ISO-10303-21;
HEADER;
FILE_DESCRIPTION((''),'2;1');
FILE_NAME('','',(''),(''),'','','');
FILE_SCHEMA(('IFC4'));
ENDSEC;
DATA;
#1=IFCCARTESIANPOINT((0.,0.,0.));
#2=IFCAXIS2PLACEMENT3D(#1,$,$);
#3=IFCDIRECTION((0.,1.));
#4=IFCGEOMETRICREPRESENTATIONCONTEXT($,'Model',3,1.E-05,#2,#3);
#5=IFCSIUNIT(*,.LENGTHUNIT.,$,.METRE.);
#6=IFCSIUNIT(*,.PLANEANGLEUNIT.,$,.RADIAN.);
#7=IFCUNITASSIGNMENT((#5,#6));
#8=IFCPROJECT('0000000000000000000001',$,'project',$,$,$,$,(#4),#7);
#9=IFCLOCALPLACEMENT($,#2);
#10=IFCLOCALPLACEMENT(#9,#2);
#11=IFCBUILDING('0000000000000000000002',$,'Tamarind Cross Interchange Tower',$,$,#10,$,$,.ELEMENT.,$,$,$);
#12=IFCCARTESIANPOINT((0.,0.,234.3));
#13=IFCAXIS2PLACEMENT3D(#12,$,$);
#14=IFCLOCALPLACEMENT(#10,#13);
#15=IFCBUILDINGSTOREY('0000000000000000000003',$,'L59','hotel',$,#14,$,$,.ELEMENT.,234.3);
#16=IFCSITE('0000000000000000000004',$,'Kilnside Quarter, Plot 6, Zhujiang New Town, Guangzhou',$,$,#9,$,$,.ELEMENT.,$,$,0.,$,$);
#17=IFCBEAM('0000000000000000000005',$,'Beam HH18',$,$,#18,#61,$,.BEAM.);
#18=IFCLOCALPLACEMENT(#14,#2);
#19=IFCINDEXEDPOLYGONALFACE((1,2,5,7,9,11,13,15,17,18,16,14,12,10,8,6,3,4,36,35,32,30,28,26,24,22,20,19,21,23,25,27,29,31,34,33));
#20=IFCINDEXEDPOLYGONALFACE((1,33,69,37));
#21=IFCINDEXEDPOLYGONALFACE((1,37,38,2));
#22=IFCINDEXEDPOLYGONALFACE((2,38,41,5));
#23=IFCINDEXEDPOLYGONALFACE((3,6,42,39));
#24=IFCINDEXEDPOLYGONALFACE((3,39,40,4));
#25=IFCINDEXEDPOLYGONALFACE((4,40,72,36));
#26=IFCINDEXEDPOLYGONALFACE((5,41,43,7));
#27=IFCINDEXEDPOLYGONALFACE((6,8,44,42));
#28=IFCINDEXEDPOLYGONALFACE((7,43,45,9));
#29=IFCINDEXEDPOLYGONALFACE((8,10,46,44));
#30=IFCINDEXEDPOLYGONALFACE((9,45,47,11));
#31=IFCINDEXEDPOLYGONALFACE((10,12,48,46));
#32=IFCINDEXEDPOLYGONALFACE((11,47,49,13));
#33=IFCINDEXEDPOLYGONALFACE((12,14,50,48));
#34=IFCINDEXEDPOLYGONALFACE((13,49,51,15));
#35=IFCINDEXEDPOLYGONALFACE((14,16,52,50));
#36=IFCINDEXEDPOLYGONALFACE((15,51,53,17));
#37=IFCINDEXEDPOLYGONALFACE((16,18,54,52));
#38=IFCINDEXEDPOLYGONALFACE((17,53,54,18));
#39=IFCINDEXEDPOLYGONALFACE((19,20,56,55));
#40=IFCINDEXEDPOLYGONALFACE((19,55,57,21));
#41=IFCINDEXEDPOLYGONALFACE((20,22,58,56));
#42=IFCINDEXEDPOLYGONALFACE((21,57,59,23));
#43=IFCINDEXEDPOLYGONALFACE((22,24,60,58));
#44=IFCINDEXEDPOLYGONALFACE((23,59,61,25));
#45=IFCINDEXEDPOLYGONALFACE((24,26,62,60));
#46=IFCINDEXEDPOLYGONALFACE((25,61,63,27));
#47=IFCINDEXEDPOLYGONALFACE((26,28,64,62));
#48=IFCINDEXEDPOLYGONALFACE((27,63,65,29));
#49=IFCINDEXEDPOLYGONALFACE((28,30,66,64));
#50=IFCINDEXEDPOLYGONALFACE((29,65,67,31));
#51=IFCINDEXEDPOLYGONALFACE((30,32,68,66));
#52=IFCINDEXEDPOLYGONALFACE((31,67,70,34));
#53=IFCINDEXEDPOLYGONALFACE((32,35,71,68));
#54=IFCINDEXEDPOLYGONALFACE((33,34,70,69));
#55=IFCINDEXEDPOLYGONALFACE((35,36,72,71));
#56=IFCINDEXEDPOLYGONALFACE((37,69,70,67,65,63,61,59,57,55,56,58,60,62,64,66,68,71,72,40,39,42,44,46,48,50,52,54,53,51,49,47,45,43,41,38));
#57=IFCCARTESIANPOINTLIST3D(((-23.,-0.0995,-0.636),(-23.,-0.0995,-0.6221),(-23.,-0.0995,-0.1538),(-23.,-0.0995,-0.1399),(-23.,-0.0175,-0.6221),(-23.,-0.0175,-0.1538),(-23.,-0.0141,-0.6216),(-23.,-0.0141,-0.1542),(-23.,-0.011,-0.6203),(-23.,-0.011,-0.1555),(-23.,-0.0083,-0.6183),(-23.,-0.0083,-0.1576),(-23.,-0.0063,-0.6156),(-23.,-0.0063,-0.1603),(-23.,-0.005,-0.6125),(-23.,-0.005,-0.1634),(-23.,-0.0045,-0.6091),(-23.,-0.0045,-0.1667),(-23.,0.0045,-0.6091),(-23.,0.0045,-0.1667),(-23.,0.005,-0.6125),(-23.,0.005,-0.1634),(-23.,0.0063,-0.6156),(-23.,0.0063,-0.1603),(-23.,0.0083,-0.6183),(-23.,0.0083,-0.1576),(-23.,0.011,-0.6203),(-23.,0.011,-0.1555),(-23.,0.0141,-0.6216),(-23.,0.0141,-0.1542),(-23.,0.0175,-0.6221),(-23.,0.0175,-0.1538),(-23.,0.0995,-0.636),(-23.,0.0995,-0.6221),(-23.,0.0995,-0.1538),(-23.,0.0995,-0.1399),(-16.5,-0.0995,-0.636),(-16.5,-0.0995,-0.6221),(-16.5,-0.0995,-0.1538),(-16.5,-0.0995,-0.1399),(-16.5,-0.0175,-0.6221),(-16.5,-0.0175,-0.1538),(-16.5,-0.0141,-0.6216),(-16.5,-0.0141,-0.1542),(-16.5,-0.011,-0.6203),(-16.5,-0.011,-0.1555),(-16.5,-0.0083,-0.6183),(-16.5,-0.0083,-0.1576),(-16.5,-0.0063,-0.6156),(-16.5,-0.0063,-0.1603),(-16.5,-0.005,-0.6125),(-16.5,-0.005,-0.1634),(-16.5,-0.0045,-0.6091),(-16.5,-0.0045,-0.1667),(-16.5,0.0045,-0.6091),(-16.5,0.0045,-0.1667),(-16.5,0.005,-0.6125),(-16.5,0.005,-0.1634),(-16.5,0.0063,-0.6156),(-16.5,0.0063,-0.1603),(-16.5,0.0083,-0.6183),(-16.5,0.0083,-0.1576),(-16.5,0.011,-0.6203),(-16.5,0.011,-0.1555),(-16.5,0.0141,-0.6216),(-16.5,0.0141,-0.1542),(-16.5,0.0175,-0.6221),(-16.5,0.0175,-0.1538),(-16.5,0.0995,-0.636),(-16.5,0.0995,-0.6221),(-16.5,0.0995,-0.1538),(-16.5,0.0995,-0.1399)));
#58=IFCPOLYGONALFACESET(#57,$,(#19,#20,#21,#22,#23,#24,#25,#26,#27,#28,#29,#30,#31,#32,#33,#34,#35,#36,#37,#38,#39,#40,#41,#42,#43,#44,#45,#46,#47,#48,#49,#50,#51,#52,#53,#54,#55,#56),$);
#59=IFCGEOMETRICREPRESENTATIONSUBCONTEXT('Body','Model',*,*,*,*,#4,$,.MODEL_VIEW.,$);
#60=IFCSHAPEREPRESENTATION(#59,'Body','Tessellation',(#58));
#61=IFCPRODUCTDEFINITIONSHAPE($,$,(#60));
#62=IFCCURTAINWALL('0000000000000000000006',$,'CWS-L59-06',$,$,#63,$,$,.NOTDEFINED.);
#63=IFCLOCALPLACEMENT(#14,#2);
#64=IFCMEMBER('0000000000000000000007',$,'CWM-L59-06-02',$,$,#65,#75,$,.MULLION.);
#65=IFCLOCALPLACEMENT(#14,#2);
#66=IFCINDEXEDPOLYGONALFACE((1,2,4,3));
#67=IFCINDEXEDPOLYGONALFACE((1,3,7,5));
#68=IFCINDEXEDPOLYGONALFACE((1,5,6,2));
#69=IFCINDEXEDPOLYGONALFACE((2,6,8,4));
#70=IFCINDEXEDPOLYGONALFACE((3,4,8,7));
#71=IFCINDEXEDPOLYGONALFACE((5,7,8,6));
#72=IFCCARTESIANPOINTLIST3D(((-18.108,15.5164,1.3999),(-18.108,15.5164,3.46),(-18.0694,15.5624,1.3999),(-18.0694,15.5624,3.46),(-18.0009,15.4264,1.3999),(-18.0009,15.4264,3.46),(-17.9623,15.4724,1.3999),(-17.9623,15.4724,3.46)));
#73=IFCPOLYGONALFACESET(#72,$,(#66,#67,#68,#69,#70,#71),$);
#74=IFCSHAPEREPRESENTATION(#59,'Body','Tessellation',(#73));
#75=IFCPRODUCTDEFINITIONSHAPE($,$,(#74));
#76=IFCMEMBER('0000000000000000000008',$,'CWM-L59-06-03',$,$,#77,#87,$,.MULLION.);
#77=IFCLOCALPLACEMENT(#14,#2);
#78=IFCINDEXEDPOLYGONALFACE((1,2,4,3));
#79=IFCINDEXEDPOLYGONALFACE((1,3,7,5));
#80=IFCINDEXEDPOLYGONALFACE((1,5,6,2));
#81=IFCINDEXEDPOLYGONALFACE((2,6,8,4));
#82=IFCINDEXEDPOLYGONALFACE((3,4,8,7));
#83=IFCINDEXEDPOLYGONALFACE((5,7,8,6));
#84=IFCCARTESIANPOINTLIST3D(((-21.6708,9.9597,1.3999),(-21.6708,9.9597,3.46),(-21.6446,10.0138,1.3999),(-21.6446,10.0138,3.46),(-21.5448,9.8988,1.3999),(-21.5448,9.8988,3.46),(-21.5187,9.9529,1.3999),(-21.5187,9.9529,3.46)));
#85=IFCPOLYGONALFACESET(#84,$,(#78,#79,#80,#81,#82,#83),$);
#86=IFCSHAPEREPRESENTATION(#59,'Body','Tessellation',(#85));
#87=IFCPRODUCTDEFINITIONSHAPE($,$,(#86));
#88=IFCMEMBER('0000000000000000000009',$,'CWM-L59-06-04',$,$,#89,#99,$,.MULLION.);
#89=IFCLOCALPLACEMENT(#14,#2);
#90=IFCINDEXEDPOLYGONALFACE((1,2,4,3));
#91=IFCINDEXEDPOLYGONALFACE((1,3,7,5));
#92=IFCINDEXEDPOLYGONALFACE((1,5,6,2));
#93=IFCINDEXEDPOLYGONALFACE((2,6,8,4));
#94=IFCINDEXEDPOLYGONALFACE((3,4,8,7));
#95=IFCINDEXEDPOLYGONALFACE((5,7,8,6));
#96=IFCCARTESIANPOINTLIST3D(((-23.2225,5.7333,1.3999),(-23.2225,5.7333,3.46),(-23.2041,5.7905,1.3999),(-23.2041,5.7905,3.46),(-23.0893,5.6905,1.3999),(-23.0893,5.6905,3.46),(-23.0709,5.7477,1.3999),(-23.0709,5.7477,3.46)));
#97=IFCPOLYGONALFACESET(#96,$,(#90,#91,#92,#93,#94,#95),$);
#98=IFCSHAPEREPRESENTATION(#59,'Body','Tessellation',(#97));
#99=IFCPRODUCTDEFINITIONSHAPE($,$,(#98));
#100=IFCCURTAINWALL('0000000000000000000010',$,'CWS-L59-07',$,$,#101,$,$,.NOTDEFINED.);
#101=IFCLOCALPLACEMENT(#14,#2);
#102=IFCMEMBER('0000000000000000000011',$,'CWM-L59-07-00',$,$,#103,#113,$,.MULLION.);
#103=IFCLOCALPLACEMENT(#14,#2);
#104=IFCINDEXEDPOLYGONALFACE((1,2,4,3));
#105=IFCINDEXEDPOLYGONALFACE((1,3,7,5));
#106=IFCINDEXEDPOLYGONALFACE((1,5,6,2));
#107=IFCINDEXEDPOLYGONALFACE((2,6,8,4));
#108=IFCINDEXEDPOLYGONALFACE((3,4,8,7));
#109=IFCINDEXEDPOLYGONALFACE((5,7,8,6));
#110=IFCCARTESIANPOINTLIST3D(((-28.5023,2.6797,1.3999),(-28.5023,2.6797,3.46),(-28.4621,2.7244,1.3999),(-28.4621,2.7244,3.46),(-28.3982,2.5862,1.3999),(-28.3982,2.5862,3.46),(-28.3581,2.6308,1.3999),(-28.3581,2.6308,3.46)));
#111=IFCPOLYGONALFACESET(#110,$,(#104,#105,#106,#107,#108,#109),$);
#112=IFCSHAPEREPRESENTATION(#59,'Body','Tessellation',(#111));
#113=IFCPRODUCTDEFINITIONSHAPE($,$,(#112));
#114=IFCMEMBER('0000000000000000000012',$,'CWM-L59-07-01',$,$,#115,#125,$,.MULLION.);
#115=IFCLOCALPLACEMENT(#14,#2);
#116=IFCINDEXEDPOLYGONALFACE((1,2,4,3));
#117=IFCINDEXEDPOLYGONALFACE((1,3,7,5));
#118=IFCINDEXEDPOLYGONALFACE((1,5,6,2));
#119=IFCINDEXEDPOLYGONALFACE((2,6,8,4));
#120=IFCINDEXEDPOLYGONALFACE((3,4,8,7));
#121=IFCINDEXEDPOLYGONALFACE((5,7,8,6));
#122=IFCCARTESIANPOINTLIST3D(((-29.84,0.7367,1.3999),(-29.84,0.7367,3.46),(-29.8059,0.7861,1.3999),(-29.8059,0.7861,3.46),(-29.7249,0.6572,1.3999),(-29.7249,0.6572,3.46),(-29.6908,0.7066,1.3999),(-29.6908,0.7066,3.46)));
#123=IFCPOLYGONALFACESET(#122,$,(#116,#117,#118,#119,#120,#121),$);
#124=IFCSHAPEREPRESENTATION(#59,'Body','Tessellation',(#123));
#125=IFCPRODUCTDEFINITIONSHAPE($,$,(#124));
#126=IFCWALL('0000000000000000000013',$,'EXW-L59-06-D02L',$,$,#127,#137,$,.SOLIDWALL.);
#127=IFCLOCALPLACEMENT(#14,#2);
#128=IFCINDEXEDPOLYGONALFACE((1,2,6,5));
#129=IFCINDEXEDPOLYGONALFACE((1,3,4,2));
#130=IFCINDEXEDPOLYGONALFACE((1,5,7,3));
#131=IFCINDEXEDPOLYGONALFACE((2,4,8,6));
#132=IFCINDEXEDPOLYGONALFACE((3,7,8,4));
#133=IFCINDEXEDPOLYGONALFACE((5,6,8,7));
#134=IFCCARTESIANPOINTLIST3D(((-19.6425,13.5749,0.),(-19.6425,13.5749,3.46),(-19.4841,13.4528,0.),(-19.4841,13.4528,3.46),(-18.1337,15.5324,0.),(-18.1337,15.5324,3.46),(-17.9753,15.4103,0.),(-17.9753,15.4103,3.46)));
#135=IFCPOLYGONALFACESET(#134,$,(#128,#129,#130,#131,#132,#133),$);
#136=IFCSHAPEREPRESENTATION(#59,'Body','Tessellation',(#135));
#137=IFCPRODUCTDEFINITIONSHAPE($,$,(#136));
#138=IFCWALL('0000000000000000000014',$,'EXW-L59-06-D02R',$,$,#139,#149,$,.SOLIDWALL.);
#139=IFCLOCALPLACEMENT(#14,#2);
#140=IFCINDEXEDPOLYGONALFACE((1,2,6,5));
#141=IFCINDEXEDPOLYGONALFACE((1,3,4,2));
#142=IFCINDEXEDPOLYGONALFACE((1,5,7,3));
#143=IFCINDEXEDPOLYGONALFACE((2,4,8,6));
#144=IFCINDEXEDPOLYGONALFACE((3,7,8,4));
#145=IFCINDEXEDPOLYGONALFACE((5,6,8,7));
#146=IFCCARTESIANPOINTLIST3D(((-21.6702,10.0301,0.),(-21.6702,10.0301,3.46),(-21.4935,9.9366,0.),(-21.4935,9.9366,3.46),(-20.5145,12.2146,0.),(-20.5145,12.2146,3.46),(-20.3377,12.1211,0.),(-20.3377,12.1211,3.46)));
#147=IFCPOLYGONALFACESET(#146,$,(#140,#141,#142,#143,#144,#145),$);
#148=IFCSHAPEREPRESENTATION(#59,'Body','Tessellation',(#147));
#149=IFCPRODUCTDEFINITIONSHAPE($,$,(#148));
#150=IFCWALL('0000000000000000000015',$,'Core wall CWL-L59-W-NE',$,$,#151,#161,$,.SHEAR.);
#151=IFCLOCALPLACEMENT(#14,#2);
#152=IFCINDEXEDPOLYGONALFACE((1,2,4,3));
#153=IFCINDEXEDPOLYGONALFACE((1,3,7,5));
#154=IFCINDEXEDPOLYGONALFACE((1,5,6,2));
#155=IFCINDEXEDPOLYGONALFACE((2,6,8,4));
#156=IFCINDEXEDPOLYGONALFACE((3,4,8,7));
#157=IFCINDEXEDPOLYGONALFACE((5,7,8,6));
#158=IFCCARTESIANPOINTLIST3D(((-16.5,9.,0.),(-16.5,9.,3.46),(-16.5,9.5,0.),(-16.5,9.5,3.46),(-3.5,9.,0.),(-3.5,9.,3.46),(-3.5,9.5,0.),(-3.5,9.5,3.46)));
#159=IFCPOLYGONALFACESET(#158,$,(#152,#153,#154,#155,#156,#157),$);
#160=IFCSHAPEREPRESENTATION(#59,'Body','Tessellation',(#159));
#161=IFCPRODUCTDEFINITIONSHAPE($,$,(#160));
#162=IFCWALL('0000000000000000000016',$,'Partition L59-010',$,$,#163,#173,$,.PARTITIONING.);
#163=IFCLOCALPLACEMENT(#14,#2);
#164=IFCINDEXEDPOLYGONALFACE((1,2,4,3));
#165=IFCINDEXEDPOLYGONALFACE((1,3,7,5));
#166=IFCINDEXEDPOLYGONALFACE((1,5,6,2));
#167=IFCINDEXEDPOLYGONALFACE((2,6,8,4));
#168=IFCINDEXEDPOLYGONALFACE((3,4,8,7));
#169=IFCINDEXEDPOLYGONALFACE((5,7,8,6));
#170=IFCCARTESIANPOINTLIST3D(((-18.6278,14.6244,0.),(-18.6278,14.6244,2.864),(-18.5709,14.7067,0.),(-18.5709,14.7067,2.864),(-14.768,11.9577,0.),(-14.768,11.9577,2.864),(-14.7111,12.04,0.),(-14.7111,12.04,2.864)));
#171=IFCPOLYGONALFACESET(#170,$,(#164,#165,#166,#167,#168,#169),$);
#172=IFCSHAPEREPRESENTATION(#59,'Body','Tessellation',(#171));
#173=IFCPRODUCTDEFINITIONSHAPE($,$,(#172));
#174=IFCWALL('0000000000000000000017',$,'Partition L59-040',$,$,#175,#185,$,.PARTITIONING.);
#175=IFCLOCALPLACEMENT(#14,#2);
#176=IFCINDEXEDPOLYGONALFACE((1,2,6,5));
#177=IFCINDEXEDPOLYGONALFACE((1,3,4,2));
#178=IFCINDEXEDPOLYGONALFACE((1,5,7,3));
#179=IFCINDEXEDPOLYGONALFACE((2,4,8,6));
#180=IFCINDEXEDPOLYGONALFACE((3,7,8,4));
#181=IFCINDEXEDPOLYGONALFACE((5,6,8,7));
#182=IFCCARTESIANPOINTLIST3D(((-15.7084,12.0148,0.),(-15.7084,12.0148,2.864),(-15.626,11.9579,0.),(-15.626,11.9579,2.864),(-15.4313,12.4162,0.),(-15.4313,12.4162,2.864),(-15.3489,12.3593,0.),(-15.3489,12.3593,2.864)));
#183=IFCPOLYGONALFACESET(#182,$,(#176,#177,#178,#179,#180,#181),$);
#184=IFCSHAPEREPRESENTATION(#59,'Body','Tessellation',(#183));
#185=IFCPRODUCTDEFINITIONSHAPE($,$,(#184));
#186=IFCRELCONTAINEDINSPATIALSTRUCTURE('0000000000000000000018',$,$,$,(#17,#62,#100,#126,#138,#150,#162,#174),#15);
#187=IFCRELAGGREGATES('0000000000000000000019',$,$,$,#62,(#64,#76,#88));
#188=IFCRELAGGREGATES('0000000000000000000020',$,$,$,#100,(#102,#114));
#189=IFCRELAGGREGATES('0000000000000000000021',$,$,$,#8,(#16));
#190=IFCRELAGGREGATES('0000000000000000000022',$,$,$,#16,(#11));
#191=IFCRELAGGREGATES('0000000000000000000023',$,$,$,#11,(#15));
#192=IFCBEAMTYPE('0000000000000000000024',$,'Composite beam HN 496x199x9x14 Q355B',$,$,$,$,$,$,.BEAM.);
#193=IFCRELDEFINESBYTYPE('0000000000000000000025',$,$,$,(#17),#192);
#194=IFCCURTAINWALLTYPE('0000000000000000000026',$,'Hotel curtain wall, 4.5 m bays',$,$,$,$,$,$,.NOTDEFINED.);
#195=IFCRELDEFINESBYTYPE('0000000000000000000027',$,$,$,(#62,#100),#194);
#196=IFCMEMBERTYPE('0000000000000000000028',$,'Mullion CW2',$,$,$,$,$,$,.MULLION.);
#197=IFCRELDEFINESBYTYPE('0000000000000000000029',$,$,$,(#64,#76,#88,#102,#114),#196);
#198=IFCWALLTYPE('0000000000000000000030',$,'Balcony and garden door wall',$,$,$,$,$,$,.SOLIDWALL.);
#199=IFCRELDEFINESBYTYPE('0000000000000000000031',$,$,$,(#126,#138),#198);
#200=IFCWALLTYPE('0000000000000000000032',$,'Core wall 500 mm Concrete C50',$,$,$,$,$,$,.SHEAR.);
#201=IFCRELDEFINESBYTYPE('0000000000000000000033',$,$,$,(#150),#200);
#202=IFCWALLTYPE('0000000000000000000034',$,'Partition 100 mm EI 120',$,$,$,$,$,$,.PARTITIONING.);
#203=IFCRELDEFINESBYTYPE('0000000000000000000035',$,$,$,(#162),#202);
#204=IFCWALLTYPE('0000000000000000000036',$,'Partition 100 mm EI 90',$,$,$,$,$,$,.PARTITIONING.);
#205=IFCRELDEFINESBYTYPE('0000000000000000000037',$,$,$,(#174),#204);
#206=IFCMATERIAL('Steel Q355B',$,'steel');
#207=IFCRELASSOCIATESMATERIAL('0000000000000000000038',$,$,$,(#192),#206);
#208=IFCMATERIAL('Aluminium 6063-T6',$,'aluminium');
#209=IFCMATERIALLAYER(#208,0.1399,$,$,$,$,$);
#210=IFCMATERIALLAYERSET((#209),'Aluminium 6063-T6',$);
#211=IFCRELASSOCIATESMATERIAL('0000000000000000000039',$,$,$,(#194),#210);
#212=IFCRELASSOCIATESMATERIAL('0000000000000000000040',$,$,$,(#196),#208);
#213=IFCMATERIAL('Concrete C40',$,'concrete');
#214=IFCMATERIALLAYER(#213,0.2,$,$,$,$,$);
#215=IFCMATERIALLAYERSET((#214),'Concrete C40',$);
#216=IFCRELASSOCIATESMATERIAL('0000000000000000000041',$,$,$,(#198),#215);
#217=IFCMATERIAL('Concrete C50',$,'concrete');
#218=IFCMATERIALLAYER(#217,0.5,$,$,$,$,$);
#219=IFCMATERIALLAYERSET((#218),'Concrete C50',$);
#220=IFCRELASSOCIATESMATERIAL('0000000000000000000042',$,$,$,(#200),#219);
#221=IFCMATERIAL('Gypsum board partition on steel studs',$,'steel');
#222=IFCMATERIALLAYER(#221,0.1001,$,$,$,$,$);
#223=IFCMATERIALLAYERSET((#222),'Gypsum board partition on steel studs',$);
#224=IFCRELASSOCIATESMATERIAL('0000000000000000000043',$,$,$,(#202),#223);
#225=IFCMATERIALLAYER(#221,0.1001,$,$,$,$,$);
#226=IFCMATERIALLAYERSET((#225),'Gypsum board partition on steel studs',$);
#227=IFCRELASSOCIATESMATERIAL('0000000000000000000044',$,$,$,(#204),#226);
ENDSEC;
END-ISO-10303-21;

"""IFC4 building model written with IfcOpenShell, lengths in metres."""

from ifc_helpers import new_model, si_unit, direction, frame, frame_2d, origin, origin_2d, place, context, subcontext, project, spatial, rectangle, i_section, extrude, material, layer, layer_set, material_profile, profile_set, type_object, element, aggregate, save


model = new_model("IFC4")

# Units and contexts
model_context = context("Model", 3, precision=1e-05, world=origin(), true_north=direction((0.0, 1.0)))
body_context = subcontext(model_context, "Body", "Model", "MODEL_VIEW")
ifc_project = project(units=[si_unit("LENGTHUNIT", "METRE"), si_unit("PLANEANGLEUNIT", "RADIAN")], contexts=[model_context])

# Site, building, storey
site_placement = place(None, origin())
site = spatial("IfcSite", under=ifc_project, at=site_placement, Name="Kilnside Quarter, Plot 6, Zhujiang New Town, Guangzhou", CompositionType="ELEMENT", RefElevation=0.0)
building_placement = place(site_placement, origin())
building = spatial("IfcBuilding", under=site, at=building_placement, Name="Tamarind Cross Interchange Tower", CompositionType="ELEMENT")
storey_placement = place(building_placement, frame((0.0, 0.0, 234.3)))
storey = spatial("IfcBuildingStorey", under=building, at=storey_placement, Name="L59", Description="hotel", CompositionType="ELEMENT", Elevation=234.3)

# Shared definitions
ifc_material_1 = material(Name="Concrete C50", Category="concrete")

# Beam
ifc_material_2 = material(Name="Steel Q355B", Category="steel")
ifc_material_profile_1 = material_profile(ifc_material_2, i_section(OverallWidth=0.199, OverallDepth=0.4961, WebThickness=0.009, FlangeThickness=0.0139, FilletRadius=0.0129, at=origin_2d()), Name="HN 496x199x9x14")
ifc_profile_set_1 = profile_set([ifc_material_profile_1], Name="Steel Q355B")
beam_type = type_object("IfcBeamType", Name="Composite beam HN 496x199x9x14 Q355B", PredefinedType="BEAM", material=ifc_profile_set_1)
beam_1_placement = place(storey_placement, frame((-23.0, 0.0, -0.3879), z_axis=(1.0, 0.0, 0.0), x_axis=(0.0, 1.0, 0.0)))
element("IfcBeam", 1, at=beam_1_placement, inside=storey, type_object=beam_type, Name="Beam HH18", PredefinedType="BEAM", context=body_context, shape_type="SweptSolid", body=[
    extrude(i_section(OverallWidth=0.199, OverallDepth=0.4961, WebThickness=0.009, FlangeThickness=0.0139, FilletRadius=0.0129, at=origin_2d()), origin(), (0.0, 0.0, 1.0), 6.5),
])

# Curtain walls, members
ifc_material_3 = material(Name="Aluminium 6063-T6", Category="aluminium")
ifc_layer_1 = layer(ifc_material_3, 0.1399)
ifc_layer_set_1 = layer_set([ifc_layer_1], Name="Aluminium 6063-T6")
curtain_wall_type = type_object("IfcCurtainWallType", Name="Hotel curtain wall, 4.5 m bays", PredefinedType="NOTDEFINED", material=ifc_layer_set_1)
curtain_wall_1_placement = place(storey_placement, origin())
curtain_wall_1 = element("IfcCurtainWall", 2, at=curtain_wall_1_placement, inside=storey, type_object=curtain_wall_type, Name="CWS-L59-06", PredefinedType="NOTDEFINED")
ifc_material_profile_2 = material_profile(ifc_material_3, rectangle(XDim=0.0601, YDim=0.1399, at=origin_2d()), Name="Mullion CW2")
ifc_profile_set_2 = profile_set([ifc_material_profile_2], Name="Aluminium 6063-T6")
member_type = type_object("IfcMemberType", Name="Mullion CW2", PredefinedType="MULLION", material=ifc_profile_set_2)
member_1_placement = place(storey_placement, frame((-18.0352, 15.4944, 1.3999), z_axis=(0.0, 0.0, 1.0), x_axis=(-0.643009, -0.765858, 0.0)))
member_1 = element("IfcMember", 3, at=member_1_placement, type_object=member_type, Name="CWM-L59-06-02", PredefinedType="MULLION", context=body_context, shape_type="SweptSolid", body=[
    extrude(rectangle(XDim=0.0601, YDim=0.1399, at=origin_2d()), origin(), (0.0, 0.0, 1.0), 2.0601),
])
member_2_placement = place(storey_placement, frame((-21.5947, 9.9563, 1.3999), z_axis=(0.0, 0.0, 1.0), x_axis=(-0.435326, -0.900273, 0.0)))
member_2 = element("IfcMember", 4, at=member_2_placement, type_object=member_type, Name="CWM-L59-06-03", PredefinedType="MULLION", context=body_context, shape_type="SweptSolid", body=[
    extrude(rectangle(XDim=0.0601, YDim=0.1399, at=origin_2d()), origin(), (0.0, 0.0, 1.0), 2.0601),
])
member_3_placement = place(storey_placement, frame((-23.1467, 5.7405, 1.3999), z_axis=(0.0, 0.0, 1.0), x_axis=(-0.305955, -0.952046, 0.0)))
member_3 = element("IfcMember", 5, at=member_3_placement, type_object=member_type, Name="CWM-L59-06-04", PredefinedType="MULLION", context=body_context, shape_type="SweptSolid", body=[
    extrude(rectangle(XDim=0.0601, YDim=0.1399, at=origin_2d()), origin(), (0.0, 0.0, 1.0), 2.0601),
])
aggregate(curtain_wall_1, [member_1, member_2, member_3])
curtain_wall_2_placement = place(storey_placement, origin())
curtain_wall_2 = element("IfcCurtainWall", 6, at=curtain_wall_2_placement, inside=storey, type_object=curtain_wall_type, Name="CWS-L59-07", PredefinedType="NOTDEFINED")
member_4_placement = place(storey_placement, frame((-28.4302, 2.6553, 1.3999), z_axis=(0.0, 0.0, 1.0), x_axis=(-0.668656, -0.743572, 0.0)))
member_4 = element("IfcMember", 7, at=member_4_placement, type_object=member_type, Name="CWM-L59-07-00", PredefinedType="MULLION", context=body_context, shape_type="SweptSolid", body=[
    extrude(rectangle(XDim=0.0601, YDim=0.1399, at=origin_2d()), origin(), (0.0, 0.0, 1.0), 2.0601),
])
member_5_placement = place(storey_placement, frame((-29.7654, 0.7217, 1.3999), z_axis=(0.0, 0.0, 1.0), x_axis=(-0.568211, -0.822883, 0.0)))
member_5 = element("IfcMember", 8, at=member_5_placement, type_object=member_type, Name="CWM-L59-07-01", PredefinedType="MULLION", context=body_context, shape_type="SweptSolid", body=[
    extrude(rectangle(XDim=0.0601, YDim=0.1399, at=origin_2d()), origin(), (0.0, 0.0, 1.0), 2.0601),
])
aggregate(curtain_wall_2, [member_4, member_5])

# Walls
ifc_material_4 = material(Name="Concrete C40", Category="concrete")
ifc_layer_2 = layer(ifc_material_4, 0.2)
ifc_layer_set_2 = layer_set([ifc_layer_2], Name="Concrete C40")
wall_type_1 = type_object("IfcWallType", Name="Balcony and garden door wall", PredefinedType="SOLIDWALL", material=ifc_layer_set_2)
for number, where, z_axis, x_axis, name in (
    (9, (-18.0544, 15.4714, 0.0), (0.0, 0.0, 1.0), (-0.610474, -0.792036, 0.0), "EXW-L59-06-D02L"),
    (10, (-20.426, 12.168, 0.0), (0.0, 0.0, 1.0), (-0.467643, -0.883918, 0.0), "EXW-L59-06-D02R"),
):
    element("IfcWall", number, at=place(storey_placement, frame(where, z_axis=z_axis, x_axis=x_axis)), inside=storey, type_object=wall_type_1, Name=name, PredefinedType="SOLIDWALL", context=body_context, shape_type="SweptSolid", body=[
        extrude(rectangle(XDim=2.4714, YDim=0.2, at=frame_2d((1.2358, 0.0))), origin(), (0.0, 0.0, 1.0), 3.46),
    ])

# Walls
ifc_layer_3 = layer(ifc_material_1, 0.5)
ifc_layer_set_3 = layer_set([ifc_layer_3], Name="Concrete C50")
wall_type_2 = type_object("IfcWallType", Name="Core wall 500 mm Concrete C50", PredefinedType="SHEAR", material=ifc_layer_set_3)
wall_1_placement = place(storey_placement, frame((-16.5, 9.25, 0.0), z_axis=(0.0, 0.0, 1.0), x_axis=(1.0, 0.0, 0.0)))
element("IfcWall", 11, at=wall_1_placement, inside=storey, type_object=wall_type_2, Name="Core wall CWL-L59-W-NE", PredefinedType="SHEAR", context=body_context, shape_type="SweptSolid", body=[
    extrude(rectangle(XDim=13.0, YDim=0.5, at=frame_2d((6.5, 0.0))), origin(), (0.0, 0.0, 1.0), 3.46),
])
ifc_material_5 = material(Name="Gypsum board partition on steel studs", Category="steel")
ifc_layer_4 = layer(ifc_material_5, 0.1001)
ifc_layer_set_4 = layer_set([ifc_layer_4], Name="Gypsum board partition on steel studs")
wall_type_3 = type_object("IfcWallType", Name="Partition 100 mm EI 120", PredefinedType="PARTITIONING", material=ifc_layer_set_4)
wall_2_placement = place(storey_placement, frame((-18.5994, 14.6655, 0.0), z_axis=(0.0, 0.0, 1.0), x_axis=(0.822737, -0.568422, 0.0)))
element("IfcWall", 12, at=wall_2_placement, inside=storey, type_object=wall_type_3, Name="Partition L59-010", PredefinedType="PARTITIONING", context=body_context, shape_type="SweptSolid", body=[
    extrude(rectangle(XDim=4.6914, YDim=0.1001, at=frame_2d((2.3457, 0.0))), origin(), (0.0, 0.0, 1.0), 2.864),
])
ifc_layer_5 = layer(ifc_material_5, 0.1001)
ifc_layer_set_5 = layer_set([ifc_layer_5], Name="Gypsum board partition on steel studs")
wall_type_4 = type_object("IfcWallType", Name="Partition 100 mm EI 90", PredefinedType="PARTITIONING", material=ifc_layer_set_5)
wall_3_placement = place(storey_placement, frame((-15.6672, 11.9863, 0.0), z_axis=(0.0, 0.0, 1.0), x_axis=(0.568142, 0.82293, 0.0)))
element("IfcWall", 13, at=wall_3_placement, inside=storey, type_object=wall_type_4, Name="Partition L59-040", PredefinedType="PARTITIONING", context=body_context, shape_type="SweptSolid", body=[
    extrude(rectangle(XDim=0.4878, YDim=0.1001, at=frame_2d((0.2439, 0.0))), origin(), (0.0, 0.0, 1.0), 2.864),
])

save(model, "model.ifc")
